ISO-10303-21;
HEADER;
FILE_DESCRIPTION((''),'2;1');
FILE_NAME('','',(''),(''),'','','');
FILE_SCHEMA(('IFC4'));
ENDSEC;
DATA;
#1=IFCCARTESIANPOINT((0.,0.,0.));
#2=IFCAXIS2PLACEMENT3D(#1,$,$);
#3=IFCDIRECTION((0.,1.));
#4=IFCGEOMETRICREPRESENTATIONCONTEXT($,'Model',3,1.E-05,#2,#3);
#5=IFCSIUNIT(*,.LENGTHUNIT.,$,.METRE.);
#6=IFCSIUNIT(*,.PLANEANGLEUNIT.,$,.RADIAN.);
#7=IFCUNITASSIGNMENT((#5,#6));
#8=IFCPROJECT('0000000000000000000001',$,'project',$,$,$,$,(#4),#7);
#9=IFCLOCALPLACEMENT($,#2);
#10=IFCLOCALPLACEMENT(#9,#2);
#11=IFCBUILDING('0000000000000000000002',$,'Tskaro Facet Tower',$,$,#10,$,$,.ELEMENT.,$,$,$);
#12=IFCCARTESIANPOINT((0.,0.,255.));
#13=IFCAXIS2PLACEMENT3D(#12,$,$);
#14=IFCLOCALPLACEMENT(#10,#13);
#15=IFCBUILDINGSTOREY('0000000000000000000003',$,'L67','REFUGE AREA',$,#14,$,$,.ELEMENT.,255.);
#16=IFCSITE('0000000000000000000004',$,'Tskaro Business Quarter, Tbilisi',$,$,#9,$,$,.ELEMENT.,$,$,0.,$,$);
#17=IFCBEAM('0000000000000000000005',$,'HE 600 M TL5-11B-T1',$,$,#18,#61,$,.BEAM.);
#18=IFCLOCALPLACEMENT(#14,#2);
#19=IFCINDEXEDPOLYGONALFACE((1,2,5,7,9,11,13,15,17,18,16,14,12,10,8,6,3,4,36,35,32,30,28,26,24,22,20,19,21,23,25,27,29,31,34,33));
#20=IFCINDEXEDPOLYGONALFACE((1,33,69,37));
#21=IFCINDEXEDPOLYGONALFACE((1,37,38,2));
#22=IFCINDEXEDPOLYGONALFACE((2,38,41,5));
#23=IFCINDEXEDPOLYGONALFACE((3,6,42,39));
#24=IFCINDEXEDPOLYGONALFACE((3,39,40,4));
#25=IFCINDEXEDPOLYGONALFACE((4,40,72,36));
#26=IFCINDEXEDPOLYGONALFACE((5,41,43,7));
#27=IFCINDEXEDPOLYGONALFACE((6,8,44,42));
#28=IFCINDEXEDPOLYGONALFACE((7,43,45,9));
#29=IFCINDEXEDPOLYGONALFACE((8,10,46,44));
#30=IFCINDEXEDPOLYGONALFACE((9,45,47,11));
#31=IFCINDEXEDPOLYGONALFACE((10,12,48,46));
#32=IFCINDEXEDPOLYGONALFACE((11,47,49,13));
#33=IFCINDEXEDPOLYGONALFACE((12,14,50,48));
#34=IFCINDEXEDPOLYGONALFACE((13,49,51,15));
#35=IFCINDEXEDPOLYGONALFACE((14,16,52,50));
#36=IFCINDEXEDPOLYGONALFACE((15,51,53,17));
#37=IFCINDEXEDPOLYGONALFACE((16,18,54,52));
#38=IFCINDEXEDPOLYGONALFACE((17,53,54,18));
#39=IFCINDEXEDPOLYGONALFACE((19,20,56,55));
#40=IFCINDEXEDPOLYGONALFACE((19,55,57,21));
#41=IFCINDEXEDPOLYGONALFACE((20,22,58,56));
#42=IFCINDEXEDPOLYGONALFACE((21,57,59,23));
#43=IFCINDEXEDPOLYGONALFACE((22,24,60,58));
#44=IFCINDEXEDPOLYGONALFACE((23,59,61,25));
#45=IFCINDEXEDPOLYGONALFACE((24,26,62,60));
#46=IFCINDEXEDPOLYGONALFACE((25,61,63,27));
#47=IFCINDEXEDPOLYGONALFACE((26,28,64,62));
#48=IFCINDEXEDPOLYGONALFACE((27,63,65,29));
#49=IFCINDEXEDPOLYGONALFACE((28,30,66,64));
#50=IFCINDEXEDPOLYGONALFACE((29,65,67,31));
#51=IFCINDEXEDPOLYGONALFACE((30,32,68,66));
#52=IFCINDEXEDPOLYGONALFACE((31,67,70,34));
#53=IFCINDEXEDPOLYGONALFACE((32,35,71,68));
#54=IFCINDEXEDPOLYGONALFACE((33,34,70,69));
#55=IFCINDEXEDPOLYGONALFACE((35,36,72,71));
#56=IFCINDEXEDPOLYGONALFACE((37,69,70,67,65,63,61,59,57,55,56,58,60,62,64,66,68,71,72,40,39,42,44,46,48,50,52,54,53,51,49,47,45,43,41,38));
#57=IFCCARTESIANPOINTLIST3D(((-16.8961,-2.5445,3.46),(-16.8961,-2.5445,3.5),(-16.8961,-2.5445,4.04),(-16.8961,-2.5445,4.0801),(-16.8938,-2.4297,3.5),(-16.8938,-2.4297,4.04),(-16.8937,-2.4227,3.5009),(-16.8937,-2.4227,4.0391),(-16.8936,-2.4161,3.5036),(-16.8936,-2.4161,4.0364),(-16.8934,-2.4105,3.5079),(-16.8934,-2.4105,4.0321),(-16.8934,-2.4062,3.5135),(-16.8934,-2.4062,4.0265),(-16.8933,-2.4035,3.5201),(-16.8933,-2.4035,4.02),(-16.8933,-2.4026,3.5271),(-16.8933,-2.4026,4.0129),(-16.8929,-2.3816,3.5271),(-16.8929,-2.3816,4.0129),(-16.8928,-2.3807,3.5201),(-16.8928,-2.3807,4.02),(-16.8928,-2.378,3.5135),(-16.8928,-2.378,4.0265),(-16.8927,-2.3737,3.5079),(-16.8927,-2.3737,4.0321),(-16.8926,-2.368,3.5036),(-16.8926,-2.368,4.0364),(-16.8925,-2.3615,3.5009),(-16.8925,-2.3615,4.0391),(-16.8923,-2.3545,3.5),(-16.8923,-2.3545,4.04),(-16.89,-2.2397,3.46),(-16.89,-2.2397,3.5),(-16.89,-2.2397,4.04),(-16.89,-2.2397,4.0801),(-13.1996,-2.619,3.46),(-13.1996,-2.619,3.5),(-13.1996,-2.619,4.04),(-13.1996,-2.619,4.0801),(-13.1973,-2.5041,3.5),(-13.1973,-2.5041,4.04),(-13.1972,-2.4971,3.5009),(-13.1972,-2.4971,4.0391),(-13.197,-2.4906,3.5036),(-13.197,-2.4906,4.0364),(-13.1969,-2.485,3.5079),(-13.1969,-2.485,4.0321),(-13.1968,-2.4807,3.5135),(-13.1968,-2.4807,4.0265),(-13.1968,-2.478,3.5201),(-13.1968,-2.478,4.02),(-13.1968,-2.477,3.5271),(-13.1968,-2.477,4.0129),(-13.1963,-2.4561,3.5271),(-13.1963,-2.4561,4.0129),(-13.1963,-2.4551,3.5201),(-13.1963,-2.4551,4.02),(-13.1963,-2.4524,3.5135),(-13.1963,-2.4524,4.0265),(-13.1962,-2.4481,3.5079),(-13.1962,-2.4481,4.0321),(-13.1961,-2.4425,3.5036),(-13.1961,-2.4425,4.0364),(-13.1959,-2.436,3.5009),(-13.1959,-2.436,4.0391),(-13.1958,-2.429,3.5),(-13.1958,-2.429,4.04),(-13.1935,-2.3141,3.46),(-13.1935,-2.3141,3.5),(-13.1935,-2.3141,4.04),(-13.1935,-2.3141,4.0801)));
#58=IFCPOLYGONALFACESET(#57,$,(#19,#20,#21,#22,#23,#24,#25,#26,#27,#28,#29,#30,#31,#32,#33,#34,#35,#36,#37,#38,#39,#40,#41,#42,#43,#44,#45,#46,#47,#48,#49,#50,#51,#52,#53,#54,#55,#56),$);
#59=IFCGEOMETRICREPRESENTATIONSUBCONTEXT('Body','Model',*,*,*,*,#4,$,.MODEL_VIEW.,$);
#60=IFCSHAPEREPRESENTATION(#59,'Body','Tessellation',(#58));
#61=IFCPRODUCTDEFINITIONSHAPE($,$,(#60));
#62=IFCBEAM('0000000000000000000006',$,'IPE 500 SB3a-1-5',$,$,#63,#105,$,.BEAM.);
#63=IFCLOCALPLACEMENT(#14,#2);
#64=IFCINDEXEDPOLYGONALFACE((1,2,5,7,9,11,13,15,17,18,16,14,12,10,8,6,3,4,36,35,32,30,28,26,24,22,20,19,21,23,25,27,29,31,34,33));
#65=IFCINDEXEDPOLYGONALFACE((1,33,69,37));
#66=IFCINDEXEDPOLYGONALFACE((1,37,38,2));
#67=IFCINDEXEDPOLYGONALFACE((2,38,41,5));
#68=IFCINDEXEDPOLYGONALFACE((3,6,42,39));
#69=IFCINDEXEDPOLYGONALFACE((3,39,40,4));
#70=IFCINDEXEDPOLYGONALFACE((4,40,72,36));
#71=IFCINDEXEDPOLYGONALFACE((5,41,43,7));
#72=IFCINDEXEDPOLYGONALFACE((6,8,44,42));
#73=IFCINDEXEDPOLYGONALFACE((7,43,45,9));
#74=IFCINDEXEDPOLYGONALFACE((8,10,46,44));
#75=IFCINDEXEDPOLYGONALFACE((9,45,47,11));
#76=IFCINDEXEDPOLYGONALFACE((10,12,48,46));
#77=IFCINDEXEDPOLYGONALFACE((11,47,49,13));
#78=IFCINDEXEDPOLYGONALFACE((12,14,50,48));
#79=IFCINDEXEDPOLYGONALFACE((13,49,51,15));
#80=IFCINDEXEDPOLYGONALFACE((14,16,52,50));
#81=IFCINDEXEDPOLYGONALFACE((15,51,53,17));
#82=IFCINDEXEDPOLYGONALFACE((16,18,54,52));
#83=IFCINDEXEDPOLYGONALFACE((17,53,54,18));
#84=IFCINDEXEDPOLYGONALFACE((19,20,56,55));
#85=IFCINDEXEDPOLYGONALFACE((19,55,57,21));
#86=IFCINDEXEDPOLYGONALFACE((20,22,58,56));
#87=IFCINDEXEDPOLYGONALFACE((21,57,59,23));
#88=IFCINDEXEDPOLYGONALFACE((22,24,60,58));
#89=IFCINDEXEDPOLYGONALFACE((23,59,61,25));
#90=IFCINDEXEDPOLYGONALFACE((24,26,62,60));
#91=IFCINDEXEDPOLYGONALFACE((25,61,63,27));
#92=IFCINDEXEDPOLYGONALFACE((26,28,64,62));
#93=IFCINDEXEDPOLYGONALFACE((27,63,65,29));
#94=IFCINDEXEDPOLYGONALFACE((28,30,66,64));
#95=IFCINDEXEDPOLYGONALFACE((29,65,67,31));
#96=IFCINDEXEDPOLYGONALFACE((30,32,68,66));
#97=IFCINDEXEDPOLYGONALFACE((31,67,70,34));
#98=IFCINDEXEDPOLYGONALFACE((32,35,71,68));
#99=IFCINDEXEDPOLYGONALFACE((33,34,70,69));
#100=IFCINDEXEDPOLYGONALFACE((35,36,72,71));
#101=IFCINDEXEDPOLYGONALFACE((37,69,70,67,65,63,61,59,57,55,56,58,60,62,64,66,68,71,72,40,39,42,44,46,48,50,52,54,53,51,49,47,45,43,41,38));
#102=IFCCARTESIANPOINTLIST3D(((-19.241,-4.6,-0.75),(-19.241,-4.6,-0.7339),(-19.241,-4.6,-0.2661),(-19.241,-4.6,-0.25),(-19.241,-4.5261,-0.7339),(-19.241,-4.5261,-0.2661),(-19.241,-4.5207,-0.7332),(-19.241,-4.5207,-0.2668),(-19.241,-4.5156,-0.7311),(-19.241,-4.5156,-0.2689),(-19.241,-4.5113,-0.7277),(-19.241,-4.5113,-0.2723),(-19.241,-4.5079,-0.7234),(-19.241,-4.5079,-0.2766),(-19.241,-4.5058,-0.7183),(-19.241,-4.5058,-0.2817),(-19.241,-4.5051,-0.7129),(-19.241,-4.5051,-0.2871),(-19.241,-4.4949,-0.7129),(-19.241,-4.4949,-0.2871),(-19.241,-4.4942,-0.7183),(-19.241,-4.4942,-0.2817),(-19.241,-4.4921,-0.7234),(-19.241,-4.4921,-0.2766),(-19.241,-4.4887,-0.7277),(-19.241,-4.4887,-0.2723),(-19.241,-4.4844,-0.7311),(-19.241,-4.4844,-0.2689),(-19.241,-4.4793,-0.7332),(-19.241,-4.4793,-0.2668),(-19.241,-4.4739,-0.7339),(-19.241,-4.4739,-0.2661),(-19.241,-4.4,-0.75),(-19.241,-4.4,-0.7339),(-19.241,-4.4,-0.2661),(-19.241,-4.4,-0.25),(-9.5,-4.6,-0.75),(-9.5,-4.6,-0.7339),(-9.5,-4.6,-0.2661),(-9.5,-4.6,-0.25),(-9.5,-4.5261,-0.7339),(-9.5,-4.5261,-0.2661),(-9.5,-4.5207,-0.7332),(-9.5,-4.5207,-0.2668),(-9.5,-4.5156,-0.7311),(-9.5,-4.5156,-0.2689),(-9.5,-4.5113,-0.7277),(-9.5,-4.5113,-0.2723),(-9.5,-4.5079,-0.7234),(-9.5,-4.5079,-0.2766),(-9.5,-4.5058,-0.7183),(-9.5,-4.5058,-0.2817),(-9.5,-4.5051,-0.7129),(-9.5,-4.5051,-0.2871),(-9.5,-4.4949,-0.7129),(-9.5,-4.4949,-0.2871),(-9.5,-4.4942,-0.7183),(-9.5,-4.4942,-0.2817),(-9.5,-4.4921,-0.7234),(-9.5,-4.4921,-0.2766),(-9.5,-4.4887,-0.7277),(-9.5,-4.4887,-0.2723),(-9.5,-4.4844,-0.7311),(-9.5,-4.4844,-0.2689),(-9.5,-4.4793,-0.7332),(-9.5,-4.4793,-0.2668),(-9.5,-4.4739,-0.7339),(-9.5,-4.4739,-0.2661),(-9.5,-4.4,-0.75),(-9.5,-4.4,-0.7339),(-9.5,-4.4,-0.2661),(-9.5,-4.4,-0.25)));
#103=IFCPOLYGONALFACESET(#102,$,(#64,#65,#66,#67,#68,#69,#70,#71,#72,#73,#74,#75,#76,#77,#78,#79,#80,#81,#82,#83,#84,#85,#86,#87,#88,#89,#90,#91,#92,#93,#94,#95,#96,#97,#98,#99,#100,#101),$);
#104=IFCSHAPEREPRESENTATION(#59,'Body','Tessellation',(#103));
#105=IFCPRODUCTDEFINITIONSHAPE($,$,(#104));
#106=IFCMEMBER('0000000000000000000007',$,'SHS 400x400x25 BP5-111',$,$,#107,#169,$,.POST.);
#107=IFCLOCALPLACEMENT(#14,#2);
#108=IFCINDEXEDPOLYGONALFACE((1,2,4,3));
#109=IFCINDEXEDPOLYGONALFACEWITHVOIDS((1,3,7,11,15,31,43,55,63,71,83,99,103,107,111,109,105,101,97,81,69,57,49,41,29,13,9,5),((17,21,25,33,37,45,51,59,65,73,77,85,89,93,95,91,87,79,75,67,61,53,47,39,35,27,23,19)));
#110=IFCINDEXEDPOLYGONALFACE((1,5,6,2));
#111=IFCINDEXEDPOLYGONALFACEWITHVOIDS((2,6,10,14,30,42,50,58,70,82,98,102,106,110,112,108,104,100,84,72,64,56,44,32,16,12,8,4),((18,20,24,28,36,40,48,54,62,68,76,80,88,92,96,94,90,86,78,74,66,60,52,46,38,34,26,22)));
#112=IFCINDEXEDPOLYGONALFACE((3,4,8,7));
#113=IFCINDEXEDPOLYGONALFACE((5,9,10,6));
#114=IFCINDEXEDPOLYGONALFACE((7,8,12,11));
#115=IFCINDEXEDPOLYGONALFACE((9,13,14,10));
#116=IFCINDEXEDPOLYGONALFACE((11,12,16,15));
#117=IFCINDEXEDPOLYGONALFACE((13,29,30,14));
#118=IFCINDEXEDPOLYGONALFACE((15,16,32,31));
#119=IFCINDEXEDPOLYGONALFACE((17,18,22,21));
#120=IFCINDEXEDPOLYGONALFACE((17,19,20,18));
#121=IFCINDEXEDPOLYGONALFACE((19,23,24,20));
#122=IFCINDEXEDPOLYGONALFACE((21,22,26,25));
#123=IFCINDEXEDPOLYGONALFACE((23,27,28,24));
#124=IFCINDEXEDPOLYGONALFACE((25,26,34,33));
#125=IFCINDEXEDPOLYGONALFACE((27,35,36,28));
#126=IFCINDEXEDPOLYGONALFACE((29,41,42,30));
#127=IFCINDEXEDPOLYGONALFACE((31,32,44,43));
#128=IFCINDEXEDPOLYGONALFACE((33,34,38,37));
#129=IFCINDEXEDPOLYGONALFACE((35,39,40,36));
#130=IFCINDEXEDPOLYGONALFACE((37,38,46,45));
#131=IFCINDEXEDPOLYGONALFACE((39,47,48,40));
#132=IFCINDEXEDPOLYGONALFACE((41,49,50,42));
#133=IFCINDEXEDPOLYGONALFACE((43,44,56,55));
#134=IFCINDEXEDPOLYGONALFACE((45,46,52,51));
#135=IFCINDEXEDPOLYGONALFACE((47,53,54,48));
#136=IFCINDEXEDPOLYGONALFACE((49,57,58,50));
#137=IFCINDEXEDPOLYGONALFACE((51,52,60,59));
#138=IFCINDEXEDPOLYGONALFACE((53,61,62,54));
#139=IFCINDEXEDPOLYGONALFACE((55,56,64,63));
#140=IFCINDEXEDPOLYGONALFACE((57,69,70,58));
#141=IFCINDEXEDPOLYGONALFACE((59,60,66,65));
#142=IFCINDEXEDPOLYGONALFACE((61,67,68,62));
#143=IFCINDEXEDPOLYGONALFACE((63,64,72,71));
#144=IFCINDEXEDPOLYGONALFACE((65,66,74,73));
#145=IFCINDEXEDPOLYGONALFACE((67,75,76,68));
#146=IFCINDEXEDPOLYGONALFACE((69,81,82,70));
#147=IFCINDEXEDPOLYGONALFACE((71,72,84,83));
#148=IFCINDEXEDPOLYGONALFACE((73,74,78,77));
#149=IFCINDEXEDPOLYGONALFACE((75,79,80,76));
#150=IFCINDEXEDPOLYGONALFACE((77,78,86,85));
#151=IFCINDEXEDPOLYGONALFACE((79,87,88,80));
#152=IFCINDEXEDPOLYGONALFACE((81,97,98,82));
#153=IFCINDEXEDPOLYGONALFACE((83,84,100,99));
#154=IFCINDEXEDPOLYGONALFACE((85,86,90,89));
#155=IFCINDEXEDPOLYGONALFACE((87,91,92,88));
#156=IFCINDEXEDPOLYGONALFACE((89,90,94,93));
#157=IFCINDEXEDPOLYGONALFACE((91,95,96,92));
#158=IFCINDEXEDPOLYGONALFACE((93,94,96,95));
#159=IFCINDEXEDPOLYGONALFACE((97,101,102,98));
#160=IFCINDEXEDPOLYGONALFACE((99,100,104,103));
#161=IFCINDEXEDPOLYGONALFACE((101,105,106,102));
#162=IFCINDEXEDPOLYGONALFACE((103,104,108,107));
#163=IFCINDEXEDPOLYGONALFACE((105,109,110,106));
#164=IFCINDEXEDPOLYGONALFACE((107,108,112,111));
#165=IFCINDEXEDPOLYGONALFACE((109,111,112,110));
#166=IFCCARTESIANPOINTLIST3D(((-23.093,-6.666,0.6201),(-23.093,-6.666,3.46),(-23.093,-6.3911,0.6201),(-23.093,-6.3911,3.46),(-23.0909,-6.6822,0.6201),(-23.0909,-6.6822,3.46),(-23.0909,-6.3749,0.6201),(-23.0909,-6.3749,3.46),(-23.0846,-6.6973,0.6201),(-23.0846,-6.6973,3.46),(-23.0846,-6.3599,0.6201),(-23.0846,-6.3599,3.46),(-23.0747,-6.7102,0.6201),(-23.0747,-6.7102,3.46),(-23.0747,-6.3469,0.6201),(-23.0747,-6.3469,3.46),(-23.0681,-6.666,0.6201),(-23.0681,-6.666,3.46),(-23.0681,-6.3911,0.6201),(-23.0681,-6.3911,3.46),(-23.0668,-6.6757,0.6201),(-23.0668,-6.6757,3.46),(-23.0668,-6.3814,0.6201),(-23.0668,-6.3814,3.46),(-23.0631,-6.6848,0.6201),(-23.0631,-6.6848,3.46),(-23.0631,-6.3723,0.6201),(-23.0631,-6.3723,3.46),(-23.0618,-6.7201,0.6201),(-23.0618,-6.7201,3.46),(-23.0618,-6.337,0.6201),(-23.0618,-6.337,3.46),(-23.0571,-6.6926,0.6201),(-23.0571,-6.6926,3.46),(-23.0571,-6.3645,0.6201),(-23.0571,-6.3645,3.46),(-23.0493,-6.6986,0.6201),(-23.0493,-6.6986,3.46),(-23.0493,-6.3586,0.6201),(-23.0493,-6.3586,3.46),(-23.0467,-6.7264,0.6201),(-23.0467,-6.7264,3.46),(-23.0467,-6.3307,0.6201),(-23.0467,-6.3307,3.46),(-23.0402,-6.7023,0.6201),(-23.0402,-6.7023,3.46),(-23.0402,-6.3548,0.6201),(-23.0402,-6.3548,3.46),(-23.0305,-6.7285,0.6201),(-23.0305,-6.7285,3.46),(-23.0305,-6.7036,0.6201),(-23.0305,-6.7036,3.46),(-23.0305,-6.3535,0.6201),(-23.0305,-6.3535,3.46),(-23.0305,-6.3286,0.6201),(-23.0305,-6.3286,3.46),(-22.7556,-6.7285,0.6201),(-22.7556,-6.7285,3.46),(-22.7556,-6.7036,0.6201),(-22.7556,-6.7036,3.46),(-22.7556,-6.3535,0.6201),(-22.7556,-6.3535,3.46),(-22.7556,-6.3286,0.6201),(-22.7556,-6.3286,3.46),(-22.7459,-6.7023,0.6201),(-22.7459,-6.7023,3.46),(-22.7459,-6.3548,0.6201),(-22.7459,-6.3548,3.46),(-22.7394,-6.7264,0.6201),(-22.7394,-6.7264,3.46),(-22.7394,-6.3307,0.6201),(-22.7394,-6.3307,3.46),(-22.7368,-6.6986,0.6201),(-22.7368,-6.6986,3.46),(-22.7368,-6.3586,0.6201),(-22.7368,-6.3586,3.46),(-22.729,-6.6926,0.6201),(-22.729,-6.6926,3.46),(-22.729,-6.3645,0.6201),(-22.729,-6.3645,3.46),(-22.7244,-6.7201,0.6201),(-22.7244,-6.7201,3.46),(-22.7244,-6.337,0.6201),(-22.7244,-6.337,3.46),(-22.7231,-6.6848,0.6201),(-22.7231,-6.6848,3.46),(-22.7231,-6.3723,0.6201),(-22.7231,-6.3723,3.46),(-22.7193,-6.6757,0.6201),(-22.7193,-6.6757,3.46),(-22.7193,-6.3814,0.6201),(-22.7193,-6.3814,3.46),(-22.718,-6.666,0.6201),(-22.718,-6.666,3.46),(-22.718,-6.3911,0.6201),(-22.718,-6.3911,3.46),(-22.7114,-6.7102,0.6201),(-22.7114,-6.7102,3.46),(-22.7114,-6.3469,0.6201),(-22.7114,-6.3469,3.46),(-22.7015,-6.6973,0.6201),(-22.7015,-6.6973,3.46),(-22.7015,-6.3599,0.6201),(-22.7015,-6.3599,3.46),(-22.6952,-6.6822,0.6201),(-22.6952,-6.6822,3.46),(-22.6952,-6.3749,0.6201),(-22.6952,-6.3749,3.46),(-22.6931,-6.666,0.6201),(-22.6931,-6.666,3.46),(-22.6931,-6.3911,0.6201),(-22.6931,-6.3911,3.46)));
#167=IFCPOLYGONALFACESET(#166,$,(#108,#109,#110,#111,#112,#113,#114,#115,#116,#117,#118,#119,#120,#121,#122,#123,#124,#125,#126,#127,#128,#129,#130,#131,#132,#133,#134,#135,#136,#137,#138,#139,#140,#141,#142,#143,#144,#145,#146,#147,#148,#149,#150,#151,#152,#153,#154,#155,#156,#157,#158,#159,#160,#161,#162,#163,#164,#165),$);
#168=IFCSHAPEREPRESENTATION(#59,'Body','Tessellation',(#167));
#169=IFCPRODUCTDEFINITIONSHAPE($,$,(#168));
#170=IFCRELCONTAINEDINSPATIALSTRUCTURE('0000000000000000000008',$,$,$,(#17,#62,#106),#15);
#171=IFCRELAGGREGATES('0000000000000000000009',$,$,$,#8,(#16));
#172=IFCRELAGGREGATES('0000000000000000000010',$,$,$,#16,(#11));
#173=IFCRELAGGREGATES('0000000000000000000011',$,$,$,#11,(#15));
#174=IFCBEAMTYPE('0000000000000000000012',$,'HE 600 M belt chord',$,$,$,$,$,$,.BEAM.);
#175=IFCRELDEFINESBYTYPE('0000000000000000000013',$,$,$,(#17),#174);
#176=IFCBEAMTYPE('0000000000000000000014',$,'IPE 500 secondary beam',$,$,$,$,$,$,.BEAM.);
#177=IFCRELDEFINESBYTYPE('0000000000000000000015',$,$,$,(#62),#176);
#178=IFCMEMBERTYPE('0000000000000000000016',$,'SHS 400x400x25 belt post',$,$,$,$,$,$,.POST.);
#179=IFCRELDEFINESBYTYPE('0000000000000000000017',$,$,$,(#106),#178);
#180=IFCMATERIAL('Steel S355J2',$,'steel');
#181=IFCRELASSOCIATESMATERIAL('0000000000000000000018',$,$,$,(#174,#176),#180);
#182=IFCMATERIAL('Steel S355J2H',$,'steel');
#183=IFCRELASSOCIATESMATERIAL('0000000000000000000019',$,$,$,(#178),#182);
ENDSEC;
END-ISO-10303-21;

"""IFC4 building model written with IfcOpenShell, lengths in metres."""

from ifc_helpers import new_model, si_unit, direction, frame, origin, origin_2d, place, context, subcontext, project, spatial, hollow_rectangle, i_section, extrude, material, material_profile, profile_set, type_object, element, save


model = new_model("IFC4")

# Units and contexts
model_context = context("Model", 3, precision=1e-05, world=origin(), true_north=direction((0.0, 1.0)))
body_context = subcontext(model_context, "Body", "Model", "MODEL_VIEW")
ifc_project = project(units=[si_unit("LENGTHUNIT", "METRE"), si_unit("PLANEANGLEUNIT", "RADIAN")], contexts=[model_context])

# Site, building, storey
site_placement = place(None, origin())
site = spatial("IfcSite", under=ifc_project, at=site_placement, Name="Tskaro Business Quarter, Tbilisi", CompositionType="ELEMENT", RefElevation=0.0)
building_placement = place(site_placement, origin())
building = spatial("IfcBuilding", under=site, at=building_placement, Name="Tskaro Facet Tower", CompositionType="ELEMENT")
storey_placement = place(building_placement, frame((0.0, 0.0, 255.0)))
storey = spatial("IfcBuildingStorey", under=building, at=storey_placement, Name="L67", Description="REFUGE AREA", CompositionType="ELEMENT", Elevation=255.0)

# Shared definitions
ifc_material_1 = material(Name="Steel S355J2H", Category="steel")

# Beams
ifc_material_2 = material(Name="Steel S355J2", Category="steel")
ifc_material_profile_1 = material_profile(ifc_material_2, i_section(OverallWidth=0.3049, OverallDepth=0.6201, WebThickness=0.021, FlangeThickness=0.04, FilletRadius=0.0271, at=origin_2d()), Name="HE 600 M")
ifc_profile_set_1 = profile_set([ifc_material_profile_1], Name="Steel S355J2")
beam_type_1 = type_object("IfcBeamType", Name="HE 600 M belt chord", PredefinedType="BEAM", material=ifc_profile_set_1)
beam_1_placement = place(storey_placement, frame((-16.8931, -2.3921, 3.77), z_axis=(0.999797, -0.02014, 0.0), x_axis=(0.02014, 0.999797, 0.0)))
element("IfcBeam", 1, at=beam_1_placement, inside=storey, type_object=beam_type_1, Name="HE 600 M TL5-11B-T1", PredefinedType="BEAM", context=body_context, shape_type="SweptSolid", body=[
    extrude(i_section(OverallWidth=0.3049, OverallDepth=0.6201, WebThickness=0.021, FlangeThickness=0.04, FilletRadius=0.0271, at=origin_2d()), origin(), (0.0, 0.0, 1.0), 3.6973),
])
ifc_material_profile_2 = material_profile(ifc_material_2, i_section(OverallWidth=0.2, OverallDepth=0.5, WebThickness=0.0103, FlangeThickness=0.0161, FilletRadius=0.021, at=origin_2d()), Name="IPE 500")
ifc_profile_set_2 = profile_set([ifc_material_profile_2], Name="Steel S355J2")
beam_type_2 = type_object("IfcBeamType", Name="IPE 500 secondary beam", PredefinedType="BEAM", material=ifc_profile_set_2)
beam_2_placement = place(storey_placement, frame((-19.241, -4.5, -0.5), z_axis=(1.0, 0.0, 0.0), x_axis=(0.0, 1.0, 0.0)))
element("IfcBeam", 2, at=beam_2_placement, inside=storey, type_object=beam_type_2, Name="IPE 500 SB3a-1-5", PredefinedType="BEAM", context=body_context, shape_type="SweptSolid", body=[
    extrude(i_section(OverallWidth=0.2, OverallDepth=0.5, WebThickness=0.0103, FlangeThickness=0.0161, FilletRadius=0.021, at=origin_2d()), origin(), (0.0, 0.0, 1.0), 9.741),
])

# Member
ifc_material_profile_3 = material_profile(ifc_material_1, hollow_rectangle(XDim=0.3999, YDim=0.3999, WallThickness=0.0249, InnerFilletRadius=0.0376, OuterFilletRadius=0.0625, at=origin_2d()), Name="SHS 400x400x25")
ifc_profile_set_3 = profile_set([ifc_material_profile_3], Name="Steel S355J2H")
member_type_1 = type_object("IfcMemberType", Name="SHS 400x400x25 belt post", PredefinedType="POST", material=ifc_profile_set_3)
for number, where, z_axis, x_axis, name in (
    (3, (-22.8931, -6.5286, 0.6201), (0.0, 0.0, 1.0), (1.0, 0.0, 0.0), "SHS 400x400x25 BP5-111"),
):
    element("IfcMember", number, at=place(storey_placement, frame(where, z_axis=z_axis, x_axis=x_axis)), inside=storey, type_object=member_type_1, Name=name, PredefinedType="POST", context=body_context, shape_type="SweptSolid", body=[
        extrude(hollow_rectangle(XDim=0.3999, YDim=0.3999, WallThickness=0.0249, InnerFilletRadius=0.0376, OuterFilletRadius=0.0625, at=origin_2d()), origin(), (0.0, 0.0, 1.0), 2.8398),
    ])

save(model, "model.ifc")
